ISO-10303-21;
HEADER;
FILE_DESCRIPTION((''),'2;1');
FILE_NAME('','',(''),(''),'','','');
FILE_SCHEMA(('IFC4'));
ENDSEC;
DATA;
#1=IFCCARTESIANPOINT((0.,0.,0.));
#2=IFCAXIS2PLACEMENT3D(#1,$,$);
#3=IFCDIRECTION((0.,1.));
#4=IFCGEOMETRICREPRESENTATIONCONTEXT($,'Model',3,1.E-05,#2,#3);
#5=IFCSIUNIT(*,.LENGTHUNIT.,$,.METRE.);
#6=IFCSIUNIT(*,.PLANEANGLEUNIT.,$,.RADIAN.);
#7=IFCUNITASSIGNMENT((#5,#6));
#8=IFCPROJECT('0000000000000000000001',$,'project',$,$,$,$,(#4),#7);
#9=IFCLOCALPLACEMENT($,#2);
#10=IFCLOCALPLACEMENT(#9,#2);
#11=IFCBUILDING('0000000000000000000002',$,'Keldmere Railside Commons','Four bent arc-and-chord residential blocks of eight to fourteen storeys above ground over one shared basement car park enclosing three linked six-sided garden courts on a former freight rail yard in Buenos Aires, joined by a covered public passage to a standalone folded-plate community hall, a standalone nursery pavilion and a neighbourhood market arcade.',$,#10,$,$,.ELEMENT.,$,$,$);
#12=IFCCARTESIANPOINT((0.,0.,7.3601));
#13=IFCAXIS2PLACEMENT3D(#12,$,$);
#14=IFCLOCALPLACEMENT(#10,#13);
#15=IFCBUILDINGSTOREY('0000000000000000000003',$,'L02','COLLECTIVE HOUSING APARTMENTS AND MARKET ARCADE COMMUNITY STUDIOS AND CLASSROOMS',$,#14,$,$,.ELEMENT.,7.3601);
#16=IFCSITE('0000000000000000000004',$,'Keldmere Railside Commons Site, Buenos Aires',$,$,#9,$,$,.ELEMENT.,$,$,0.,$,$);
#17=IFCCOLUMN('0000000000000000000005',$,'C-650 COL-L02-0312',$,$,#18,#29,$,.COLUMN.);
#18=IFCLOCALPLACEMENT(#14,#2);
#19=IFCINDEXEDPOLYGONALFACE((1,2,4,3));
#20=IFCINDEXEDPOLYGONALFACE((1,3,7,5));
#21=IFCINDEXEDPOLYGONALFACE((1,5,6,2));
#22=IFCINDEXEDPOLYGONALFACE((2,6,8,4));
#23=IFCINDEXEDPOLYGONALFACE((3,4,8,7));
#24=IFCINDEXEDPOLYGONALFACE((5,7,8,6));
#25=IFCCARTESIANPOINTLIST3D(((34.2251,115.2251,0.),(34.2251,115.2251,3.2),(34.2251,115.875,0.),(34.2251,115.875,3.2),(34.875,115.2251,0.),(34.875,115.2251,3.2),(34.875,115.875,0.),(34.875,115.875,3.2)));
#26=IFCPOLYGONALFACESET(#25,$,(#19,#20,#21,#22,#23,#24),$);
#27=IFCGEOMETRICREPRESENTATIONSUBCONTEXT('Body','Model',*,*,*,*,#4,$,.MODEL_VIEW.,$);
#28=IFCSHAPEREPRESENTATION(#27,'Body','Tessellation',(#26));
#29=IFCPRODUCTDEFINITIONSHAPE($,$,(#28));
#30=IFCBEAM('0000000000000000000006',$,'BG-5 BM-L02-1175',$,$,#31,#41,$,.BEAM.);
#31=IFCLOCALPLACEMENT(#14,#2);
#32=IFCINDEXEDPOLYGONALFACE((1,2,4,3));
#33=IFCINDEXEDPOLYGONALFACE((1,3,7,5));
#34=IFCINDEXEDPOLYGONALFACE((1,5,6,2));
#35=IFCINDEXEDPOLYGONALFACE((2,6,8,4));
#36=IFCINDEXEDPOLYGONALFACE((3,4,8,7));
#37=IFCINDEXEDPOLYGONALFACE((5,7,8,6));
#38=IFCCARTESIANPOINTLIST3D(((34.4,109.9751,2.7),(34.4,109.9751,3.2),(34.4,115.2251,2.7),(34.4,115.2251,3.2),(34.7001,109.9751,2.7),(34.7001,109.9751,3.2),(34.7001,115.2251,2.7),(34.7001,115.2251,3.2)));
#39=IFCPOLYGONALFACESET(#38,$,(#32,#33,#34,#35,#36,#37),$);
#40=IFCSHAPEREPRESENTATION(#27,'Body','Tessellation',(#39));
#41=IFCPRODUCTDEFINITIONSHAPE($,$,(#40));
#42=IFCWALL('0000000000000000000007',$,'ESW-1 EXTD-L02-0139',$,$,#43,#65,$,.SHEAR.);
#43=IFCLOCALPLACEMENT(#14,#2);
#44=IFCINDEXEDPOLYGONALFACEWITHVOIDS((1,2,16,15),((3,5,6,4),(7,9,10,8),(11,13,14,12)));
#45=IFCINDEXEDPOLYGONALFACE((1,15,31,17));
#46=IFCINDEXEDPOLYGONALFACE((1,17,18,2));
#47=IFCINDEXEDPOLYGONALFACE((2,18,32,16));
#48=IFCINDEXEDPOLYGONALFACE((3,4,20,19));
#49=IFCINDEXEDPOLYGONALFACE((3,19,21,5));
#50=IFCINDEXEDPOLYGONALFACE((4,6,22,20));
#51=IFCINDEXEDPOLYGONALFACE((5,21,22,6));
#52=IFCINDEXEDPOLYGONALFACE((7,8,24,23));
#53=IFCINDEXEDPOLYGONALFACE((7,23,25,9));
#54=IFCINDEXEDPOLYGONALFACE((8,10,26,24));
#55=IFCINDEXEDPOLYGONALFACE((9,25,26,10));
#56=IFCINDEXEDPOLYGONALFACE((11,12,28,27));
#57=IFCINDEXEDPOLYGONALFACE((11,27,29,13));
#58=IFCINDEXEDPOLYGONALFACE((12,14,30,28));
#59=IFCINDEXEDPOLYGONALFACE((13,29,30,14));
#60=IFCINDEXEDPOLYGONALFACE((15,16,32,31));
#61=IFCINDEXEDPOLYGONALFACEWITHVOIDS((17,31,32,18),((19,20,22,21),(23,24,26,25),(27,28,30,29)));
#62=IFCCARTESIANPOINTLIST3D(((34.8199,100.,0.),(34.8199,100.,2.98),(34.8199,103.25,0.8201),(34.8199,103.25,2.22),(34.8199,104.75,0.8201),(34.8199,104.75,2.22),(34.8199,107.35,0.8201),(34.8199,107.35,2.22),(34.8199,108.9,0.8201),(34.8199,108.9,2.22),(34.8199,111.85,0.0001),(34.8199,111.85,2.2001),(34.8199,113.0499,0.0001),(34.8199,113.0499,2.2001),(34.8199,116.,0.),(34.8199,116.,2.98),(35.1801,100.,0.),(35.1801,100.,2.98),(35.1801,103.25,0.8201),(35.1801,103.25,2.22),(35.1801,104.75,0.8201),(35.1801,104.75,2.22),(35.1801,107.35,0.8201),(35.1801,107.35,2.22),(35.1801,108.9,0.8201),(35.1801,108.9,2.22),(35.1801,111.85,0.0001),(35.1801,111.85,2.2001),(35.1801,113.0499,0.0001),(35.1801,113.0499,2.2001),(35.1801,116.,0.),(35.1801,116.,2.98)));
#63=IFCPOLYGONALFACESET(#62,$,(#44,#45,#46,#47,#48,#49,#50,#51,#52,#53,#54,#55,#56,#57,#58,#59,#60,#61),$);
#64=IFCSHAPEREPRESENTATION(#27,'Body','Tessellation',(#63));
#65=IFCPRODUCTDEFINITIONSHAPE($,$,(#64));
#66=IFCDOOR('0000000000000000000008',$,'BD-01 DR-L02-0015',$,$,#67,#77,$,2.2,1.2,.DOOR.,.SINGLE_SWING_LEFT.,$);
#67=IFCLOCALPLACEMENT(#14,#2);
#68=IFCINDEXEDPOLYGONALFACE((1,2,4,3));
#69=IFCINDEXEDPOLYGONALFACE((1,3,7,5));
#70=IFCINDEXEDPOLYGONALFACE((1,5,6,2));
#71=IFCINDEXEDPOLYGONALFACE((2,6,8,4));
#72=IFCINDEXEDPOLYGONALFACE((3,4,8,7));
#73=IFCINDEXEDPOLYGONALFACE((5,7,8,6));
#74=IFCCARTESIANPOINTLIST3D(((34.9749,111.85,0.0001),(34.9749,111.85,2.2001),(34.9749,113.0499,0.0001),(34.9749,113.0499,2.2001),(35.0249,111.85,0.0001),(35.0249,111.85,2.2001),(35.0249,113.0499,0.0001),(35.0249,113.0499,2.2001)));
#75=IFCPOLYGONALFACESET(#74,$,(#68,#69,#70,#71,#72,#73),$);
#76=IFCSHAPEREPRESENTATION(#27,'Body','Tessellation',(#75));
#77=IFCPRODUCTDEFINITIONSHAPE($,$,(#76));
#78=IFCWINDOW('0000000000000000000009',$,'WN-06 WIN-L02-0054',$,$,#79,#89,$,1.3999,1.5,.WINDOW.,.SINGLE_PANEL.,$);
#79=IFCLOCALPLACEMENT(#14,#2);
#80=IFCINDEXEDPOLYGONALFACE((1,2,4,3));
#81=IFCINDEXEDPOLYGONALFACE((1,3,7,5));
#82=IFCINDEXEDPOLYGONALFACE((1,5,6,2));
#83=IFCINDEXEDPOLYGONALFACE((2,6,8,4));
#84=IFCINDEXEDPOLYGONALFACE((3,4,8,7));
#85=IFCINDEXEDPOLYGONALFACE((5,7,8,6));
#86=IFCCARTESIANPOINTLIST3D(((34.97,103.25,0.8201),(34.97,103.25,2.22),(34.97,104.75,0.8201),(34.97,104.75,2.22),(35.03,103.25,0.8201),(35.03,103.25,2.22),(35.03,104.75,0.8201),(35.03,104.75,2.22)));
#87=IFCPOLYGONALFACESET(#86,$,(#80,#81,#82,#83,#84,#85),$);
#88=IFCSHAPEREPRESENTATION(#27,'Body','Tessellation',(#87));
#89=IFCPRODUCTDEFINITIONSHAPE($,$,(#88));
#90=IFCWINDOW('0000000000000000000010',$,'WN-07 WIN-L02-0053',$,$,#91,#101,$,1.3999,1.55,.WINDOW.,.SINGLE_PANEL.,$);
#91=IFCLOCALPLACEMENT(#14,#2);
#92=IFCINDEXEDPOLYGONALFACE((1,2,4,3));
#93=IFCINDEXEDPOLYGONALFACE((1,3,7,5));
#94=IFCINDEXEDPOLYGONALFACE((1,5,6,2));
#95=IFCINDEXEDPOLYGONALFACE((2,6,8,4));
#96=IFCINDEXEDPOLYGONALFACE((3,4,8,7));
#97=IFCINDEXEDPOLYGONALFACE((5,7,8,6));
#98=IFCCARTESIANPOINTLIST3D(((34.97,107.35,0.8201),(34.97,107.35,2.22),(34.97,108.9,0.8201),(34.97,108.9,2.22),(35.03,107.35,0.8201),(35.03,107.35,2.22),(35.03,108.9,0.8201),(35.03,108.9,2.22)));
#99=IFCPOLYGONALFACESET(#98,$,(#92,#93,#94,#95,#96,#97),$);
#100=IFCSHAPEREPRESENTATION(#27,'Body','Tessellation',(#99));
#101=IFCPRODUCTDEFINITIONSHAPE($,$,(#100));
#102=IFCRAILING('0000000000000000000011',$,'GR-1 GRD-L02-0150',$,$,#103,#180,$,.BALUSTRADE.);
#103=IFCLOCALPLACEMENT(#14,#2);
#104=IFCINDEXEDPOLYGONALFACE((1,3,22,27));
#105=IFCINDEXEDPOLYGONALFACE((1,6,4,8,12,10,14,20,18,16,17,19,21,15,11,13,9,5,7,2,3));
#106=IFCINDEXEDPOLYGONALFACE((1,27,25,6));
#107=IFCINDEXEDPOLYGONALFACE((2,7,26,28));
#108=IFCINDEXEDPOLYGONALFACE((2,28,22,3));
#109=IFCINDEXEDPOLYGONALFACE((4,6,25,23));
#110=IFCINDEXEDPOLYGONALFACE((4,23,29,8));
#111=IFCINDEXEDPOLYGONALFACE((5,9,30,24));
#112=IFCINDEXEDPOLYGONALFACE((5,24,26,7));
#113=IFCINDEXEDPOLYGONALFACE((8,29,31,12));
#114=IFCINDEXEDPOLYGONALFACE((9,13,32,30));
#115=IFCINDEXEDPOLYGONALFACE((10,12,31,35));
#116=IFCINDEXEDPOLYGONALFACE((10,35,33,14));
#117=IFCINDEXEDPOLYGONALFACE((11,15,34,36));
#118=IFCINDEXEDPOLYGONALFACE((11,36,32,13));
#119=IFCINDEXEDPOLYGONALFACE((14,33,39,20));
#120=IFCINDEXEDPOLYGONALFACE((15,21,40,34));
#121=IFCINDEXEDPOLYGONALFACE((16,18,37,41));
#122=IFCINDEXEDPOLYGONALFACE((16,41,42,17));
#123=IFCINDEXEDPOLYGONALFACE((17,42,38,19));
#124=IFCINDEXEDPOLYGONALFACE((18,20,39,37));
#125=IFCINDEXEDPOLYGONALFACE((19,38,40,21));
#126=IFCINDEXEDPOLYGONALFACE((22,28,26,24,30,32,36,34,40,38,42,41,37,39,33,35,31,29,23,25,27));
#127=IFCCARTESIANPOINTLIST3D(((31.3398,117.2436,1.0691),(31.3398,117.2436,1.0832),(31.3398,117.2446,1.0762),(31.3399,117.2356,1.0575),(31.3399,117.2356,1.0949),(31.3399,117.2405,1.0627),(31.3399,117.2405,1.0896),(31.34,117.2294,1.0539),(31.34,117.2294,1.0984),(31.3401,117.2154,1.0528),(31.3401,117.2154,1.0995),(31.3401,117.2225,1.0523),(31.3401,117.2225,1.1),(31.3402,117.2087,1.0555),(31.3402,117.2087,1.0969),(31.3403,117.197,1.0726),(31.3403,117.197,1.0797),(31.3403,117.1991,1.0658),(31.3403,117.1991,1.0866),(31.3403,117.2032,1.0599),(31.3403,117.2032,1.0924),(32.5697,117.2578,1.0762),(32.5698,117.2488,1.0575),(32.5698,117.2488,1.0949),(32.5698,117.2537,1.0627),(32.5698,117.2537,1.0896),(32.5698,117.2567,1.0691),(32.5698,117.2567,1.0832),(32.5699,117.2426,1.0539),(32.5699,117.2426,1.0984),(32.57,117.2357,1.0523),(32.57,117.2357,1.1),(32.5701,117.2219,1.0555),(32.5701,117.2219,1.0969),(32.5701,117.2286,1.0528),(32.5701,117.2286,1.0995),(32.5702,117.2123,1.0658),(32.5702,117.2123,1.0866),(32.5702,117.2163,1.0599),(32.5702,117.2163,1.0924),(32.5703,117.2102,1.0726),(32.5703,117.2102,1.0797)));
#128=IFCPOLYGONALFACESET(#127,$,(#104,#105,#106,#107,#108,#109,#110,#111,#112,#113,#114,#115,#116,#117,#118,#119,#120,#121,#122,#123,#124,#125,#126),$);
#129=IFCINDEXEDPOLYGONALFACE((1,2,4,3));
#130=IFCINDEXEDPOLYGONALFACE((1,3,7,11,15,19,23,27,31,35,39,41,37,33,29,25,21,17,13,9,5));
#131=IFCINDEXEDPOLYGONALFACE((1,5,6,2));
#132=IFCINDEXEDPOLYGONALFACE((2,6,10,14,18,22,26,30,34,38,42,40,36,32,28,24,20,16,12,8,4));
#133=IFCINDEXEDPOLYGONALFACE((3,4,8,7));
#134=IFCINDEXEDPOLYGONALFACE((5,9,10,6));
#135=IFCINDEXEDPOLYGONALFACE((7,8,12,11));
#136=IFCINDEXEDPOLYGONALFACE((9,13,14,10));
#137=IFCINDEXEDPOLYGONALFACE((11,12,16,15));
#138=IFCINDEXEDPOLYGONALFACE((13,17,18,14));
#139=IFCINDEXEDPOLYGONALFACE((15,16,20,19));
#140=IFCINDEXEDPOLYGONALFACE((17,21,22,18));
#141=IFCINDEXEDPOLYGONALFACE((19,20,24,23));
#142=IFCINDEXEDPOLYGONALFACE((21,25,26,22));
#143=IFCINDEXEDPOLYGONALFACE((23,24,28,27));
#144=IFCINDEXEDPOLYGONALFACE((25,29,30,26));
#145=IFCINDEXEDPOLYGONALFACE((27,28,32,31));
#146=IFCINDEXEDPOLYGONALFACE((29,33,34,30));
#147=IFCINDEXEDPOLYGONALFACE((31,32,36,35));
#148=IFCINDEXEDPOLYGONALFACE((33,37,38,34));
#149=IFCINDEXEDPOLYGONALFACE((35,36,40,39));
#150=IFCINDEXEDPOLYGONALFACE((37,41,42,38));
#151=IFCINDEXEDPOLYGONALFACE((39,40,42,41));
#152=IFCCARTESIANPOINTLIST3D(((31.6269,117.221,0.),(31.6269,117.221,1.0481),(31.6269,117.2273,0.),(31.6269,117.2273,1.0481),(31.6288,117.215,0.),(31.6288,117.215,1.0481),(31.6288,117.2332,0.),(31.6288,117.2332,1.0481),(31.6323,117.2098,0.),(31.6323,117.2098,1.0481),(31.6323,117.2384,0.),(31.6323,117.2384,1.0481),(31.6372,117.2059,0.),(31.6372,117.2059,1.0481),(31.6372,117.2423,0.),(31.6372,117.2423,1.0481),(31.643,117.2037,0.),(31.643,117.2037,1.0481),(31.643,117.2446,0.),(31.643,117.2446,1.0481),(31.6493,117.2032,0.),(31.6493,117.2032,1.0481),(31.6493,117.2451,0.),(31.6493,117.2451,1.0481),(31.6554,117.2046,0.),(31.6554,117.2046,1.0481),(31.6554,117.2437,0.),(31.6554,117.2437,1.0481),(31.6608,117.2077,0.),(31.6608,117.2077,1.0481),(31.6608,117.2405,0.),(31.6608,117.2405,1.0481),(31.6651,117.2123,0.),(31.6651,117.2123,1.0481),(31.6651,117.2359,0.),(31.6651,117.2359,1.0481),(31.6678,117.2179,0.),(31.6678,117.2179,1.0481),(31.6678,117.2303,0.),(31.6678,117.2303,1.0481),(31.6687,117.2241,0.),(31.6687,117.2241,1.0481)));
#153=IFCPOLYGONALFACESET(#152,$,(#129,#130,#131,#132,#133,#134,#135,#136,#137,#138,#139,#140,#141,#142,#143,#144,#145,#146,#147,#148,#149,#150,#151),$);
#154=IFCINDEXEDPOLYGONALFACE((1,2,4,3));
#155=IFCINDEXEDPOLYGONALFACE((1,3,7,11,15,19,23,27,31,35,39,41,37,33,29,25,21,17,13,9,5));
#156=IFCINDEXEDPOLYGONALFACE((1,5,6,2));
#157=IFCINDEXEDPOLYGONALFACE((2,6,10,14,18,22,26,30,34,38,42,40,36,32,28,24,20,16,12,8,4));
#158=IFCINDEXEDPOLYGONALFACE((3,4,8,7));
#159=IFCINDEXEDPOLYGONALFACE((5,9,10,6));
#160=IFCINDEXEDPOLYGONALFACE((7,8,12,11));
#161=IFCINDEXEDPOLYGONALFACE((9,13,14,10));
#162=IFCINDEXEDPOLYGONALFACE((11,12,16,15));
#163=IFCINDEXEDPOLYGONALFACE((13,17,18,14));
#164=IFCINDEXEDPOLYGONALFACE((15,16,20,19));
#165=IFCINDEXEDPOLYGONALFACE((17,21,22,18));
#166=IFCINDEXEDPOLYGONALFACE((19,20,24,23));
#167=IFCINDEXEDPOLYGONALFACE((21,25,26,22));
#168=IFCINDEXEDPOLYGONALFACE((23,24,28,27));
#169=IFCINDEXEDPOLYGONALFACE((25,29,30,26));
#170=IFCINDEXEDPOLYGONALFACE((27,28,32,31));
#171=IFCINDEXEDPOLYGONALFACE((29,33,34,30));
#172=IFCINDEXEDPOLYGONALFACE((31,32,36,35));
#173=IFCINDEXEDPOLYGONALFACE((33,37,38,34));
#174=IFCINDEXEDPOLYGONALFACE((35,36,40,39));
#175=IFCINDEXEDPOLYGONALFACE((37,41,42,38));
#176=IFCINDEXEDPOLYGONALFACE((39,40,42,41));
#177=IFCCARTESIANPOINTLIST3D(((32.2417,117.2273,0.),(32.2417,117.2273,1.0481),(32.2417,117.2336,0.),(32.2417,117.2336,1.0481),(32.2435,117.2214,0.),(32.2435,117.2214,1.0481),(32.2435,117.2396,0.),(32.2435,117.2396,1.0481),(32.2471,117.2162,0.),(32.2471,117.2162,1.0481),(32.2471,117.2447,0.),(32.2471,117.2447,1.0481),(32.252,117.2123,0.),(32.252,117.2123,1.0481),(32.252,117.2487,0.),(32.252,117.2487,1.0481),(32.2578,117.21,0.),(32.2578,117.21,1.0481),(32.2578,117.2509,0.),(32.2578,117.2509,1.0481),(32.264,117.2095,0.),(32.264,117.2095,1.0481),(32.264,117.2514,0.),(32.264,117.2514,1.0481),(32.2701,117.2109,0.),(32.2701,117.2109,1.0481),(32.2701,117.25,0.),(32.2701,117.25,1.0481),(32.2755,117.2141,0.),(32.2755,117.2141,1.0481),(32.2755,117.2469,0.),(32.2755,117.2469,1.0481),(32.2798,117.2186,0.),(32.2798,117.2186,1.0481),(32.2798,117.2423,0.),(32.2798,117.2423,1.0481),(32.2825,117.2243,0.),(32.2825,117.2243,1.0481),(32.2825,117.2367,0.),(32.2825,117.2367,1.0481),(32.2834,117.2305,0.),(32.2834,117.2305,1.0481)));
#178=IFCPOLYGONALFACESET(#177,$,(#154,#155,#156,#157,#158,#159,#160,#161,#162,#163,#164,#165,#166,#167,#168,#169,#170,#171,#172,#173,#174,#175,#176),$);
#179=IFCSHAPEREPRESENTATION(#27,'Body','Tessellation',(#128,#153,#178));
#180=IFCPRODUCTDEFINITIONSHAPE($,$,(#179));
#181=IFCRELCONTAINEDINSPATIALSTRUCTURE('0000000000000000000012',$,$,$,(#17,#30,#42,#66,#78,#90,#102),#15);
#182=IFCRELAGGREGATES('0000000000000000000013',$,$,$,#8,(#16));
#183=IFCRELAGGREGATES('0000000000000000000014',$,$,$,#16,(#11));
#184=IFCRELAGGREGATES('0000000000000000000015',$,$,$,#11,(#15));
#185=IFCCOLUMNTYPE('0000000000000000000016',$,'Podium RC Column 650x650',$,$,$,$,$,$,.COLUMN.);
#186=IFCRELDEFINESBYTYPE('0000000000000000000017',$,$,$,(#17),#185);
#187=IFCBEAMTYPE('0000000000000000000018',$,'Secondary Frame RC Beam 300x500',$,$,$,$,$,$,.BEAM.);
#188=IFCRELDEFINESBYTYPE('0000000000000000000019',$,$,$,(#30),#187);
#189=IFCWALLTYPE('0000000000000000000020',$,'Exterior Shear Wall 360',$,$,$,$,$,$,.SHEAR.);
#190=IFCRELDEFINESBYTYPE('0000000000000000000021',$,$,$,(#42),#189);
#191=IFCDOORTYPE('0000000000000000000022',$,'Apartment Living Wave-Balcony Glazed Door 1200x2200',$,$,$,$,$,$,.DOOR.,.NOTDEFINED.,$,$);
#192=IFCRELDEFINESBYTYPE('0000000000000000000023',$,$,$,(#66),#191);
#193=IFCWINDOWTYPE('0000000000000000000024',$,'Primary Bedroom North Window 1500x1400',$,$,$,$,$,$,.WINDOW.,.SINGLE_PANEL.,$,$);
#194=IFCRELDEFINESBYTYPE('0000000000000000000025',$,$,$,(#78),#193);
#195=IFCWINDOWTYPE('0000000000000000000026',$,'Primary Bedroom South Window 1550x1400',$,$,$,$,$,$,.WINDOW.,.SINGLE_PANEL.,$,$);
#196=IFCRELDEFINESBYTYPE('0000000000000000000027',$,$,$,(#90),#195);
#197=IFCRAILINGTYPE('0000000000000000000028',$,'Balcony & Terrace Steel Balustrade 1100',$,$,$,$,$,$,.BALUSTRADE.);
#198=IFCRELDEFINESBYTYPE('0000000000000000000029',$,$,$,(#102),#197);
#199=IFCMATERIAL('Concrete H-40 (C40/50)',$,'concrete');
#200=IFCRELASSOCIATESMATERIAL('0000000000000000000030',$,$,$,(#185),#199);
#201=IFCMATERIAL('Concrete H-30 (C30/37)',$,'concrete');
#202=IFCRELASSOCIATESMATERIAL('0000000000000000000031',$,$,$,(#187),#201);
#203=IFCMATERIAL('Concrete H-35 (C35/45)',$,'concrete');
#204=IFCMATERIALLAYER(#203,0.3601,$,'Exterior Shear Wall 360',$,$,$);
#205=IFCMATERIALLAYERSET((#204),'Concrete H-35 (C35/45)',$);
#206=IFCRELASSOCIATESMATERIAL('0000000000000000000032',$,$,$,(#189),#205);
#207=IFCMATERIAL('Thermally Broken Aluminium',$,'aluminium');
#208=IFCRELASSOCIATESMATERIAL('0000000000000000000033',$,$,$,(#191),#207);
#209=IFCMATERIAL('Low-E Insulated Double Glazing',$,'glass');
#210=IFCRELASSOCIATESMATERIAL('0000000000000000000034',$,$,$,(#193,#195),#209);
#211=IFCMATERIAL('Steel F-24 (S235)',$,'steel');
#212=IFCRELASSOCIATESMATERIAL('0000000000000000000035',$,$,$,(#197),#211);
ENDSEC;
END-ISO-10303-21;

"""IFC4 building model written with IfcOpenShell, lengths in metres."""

from ifc_helpers import new_model, si_unit, direction, frame, frame_2d, origin, origin_2d, place, context, subcontext, project, spatial, rectangle, circle, extrude, material, layer, layer_set, material_profile, profile_set, type_object, element, fill, save


model = new_model("IFC4")

# Units and contexts
model_context = context("Model", 3, precision=1e-05, world=origin(), true_north=direction((0.0, 1.0)))
body_context = subcontext(model_context, "Body", "Model", "MODEL_VIEW")
ifc_project = project(units=[si_unit("LENGTHUNIT", "METRE"), si_unit("PLANEANGLEUNIT", "RADIAN")], contexts=[model_context])

# Site, building, storey
site_placement = place(None, origin())
site = spatial("IfcSite", under=ifc_project, at=site_placement, Name="Keldmere Railside Commons Site, Buenos Aires", CompositionType="ELEMENT", RefElevation=0.0)
building_placement = place(site_placement, origin())
building = spatial("IfcBuilding", under=site, at=building_placement, Name="Keldmere Railside Commons", Description="Four bent arc-and-chord residential blocks of eight to fourteen storeys above ground over one shared basement car park enclosing three linked six-sided garden courts on a former freight rail yard in Buenos Aires, joined by a covered public passage to a standalone folded-plate community hall, a standalone nursery pavilion and a neighbourhood market arcade.", CompositionType="ELEMENT")
storey_placement = place(building_placement, frame((0.0, 0.0, 7.3601)))
storey = spatial("IfcBuildingStorey", under=building, at=storey_placement, Name="L02", Description="COLLECTIVE HOUSING APARTMENTS AND MARKET ARCADE COMMUNITY STUDIOS AND CLASSROOMS", CompositionType="ELEMENT", Elevation=7.3601)

# Column
ifc_material_1 = material(Name="Concrete H-40 (C40/50)", Category="concrete")
ifc_material_profile_1 = material_profile(ifc_material_1, rectangle(XDim=0.6499, YDim=0.6499, at=origin_2d()), Name="RC-650x650")
ifc_profile_set_1 = profile_set([ifc_material_profile_1], Name="Concrete H-40 (C40/50)")
column_type = type_object("IfcColumnType", Name="Podium RC Column 650x650", PredefinedType="COLUMN", material=ifc_profile_set_1)
column_placement = place(storey_placement, frame((34.55, 115.55, 0.0), z_axis=(0.0, 0.0, 1.0), x_axis=(1.0, 0.0, 0.0)))
element("IfcColumn", 1, at=column_placement, inside=storey, type_object=column_type, Name="C-650 COL-L02-0312", PredefinedType="COLUMN", context=body_context, shape_type="SweptSolid", body=[
    extrude(rectangle(XDim=0.6499, YDim=0.6499, at=origin_2d()), origin(), (0.0, 0.0, 1.0), 3.2),
])

# Beam
ifc_material_2 = material(Name="Concrete H-30 (C30/37)", Category="concrete")
ifc_material_profile_2 = material_profile(ifc_material_2, rectangle(XDim=0.3, YDim=0.5, at=origin_2d()), Name="RC-300x500")
ifc_profile_set_2 = profile_set([ifc_material_profile_2], Name="Concrete H-30 (C30/37)")
beam_type = type_object("IfcBeamType", Name="Secondary Frame RC Beam 300x500", PredefinedType="BEAM", material=ifc_profile_set_2)
beam_placement = place(storey_placement, frame((34.55, 109.9751, 2.95), z_axis=(0.0, 1.0, 0.0), x_axis=(-1.0, 0.0, 0.0)))
element("IfcBeam", 2, at=beam_placement, inside=storey, type_object=beam_type, Name="BG-5 BM-L02-1175", PredefinedType="BEAM", context=body_context, shape_type="SweptSolid", body=[
    extrude(rectangle(XDim=0.3, YDim=0.5, at=origin_2d()), origin(), (0.0, 0.0, 1.0), 5.25),
])

# Wall, openings, door, windows
ifc_material_3 = material(Name="Concrete H-35 (C35/45)", Category="concrete")
ifc_layer_1 = layer(ifc_material_3, 0.3601, Name="Exterior Shear Wall 360")
ifc_layer_set_1 = layer_set([ifc_layer_1], Name="Concrete H-35 (C35/45)")
wall_type = type_object("IfcWallType", Name="Exterior Shear Wall 360", PredefinedType="SHEAR", material=ifc_layer_set_1)
wall_placement = place(storey_placement, frame((35.0, 116.0, 0.0), z_axis=(0.0, 0.0, 1.0), x_axis=(0.0, -1.0, 0.0)))
wall = element("IfcWall", 3, at=wall_placement, inside=storey, type_object=wall_type, Name="ESW-1 EXTD-L02-0139", PredefinedType="SHEAR", context=body_context, shape_type="SweptSolid", body=[
    extrude(rectangle(XDim=16.0, YDim=0.3601, at=frame_2d((8.0, 0.0))), origin(), (0.0, 0.0, 1.0), 2.98),
])
opening_1_placement = place(wall_placement, frame((2.95, 0.0, 0.0)))
opening_1 = element("IfcOpeningElement", 4, at=opening_1_placement, cuts=wall, PredefinedType="OPENING", context=body_context, shape_type="SweptSolid", body=[
    extrude(rectangle(XDim=1.2, YDim=2.2, at=frame_2d((0.6001, 1.1001))), frame((0.0, 0.1899, 0.0), z_axis=(0.0, -1.0, 0.0), x_axis=(1.0, 0.0, 0.0)), (0.0, 0.0, 1.0), 0.3801),
])
opening_2_placement = place(wall_placement, frame((7.1001, 0.0, 0.8201)))
opening_2 = element("IfcOpeningElement", 5, at=opening_2_placement, cuts=wall, PredefinedType="OPENING", context=body_context, shape_type="SweptSolid", body=[
    extrude(rectangle(XDim=1.55, YDim=1.3999, at=frame_2d((0.7749, 0.7))), frame((0.0, 0.1899, 0.0), z_axis=(0.0, -1.0, 0.0), x_axis=(1.0, 0.0, 0.0)), (0.0, 0.0, 1.0), 0.3801),
])
opening_3_placement = place(wall_placement, frame((11.25, 0.0, 0.8201)))
opening_3 = element("IfcOpeningElement", 6, at=opening_3_placement, cuts=wall, PredefinedType="OPENING", context=body_context, shape_type="SweptSolid", body=[
    extrude(rectangle(XDim=1.5, YDim=1.3999, at=frame_2d((0.75, 0.7))), frame((0.0, 0.1899, 0.0), z_axis=(0.0, -1.0, 0.0), x_axis=(1.0, 0.0, 0.0)), (0.0, 0.0, 1.0), 0.3801),
])
ifc_material_4 = material(Name="Thermally Broken Aluminium", Category="aluminium")
door_type = type_object("IfcDoorType", Name="Apartment Living Wave-Balcony Glazed Door 1200x2200", OperationType="NOTDEFINED", PredefinedType="DOOR", material=ifc_material_4)
door_placement = place(opening_1_placement, origin())
door = element("IfcDoor", 7, at=door_placement, inside=storey, type_object=door_type, Name="BD-01 DR-L02-0015", OperationType="SINGLE_SWING_LEFT", OverallHeight=2.2, OverallWidth=1.2, PredefinedType="DOOR", context=body_context, shape_type="SweptSolid", body=[
    extrude(rectangle(XDim=1.2, YDim=2.2, at=frame_2d((0.6001, 1.1001))), frame((0.0, 0.0249, 0.0), z_axis=(0.0, -1.0, 0.0), x_axis=(1.0, 0.0, 0.0)), (0.0, 0.0, 1.0), 0.05),
])
fill(opening_1, door)
ifc_material_5 = material(Name="Low-E Insulated Double Glazing", Category="glass")
window_type_1 = type_object("IfcWindowType", Name="Primary Bedroom North Window 1500x1400", PartitioningType="SINGLE_PANEL", PredefinedType="WINDOW", material=ifc_material_5)
window_1_placement = place(opening_3_placement, origin())
window_1 = element("IfcWindow", 8, at=window_1_placement, inside=storey, type_object=window_type_1, Name="WN-06 WIN-L02-0054", OverallHeight=1.3999, OverallWidth=1.5, PartitioningType="SINGLE_PANEL", PredefinedType="WINDOW", context=body_context, shape_type="SweptSolid", body=[
    extrude(rectangle(XDim=1.5, YDim=1.3999, at=frame_2d((0.75, 0.7))), frame((0.0, 0.03, 0.0), z_axis=(0.0, -1.0, 0.0), x_axis=(1.0, 0.0, 0.0)), (0.0, 0.0, 1.0), 0.0601),
])
fill(opening_3, window_1)
window_type_2 = type_object("IfcWindowType", Name="Primary Bedroom South Window 1550x1400", PartitioningType="SINGLE_PANEL", PredefinedType="WINDOW", material=ifc_material_5)
window_2_placement = place(opening_2_placement, origin())
window_2 = element("IfcWindow", 9, at=window_2_placement, inside=storey, type_object=window_type_2, Name="WN-07 WIN-L02-0053", OverallHeight=1.3999, OverallWidth=1.55, PartitioningType="SINGLE_PANEL", PredefinedType="WINDOW", context=body_context, shape_type="SweptSolid", body=[
    extrude(rectangle(XDim=1.55, YDim=1.3999, at=frame_2d((0.7749, 0.7))), frame((0.0, 0.03, 0.0), z_axis=(0.0, -1.0, 0.0), x_axis=(1.0, 0.0, 0.0)), (0.0, 0.0, 1.0), 0.0601),
])
fill(opening_2, window_2)

# Railing
ifc_material_6 = material(Name="Steel F-24 (S235)", Category="steel")
railing_type = type_object("IfcRailingType", Name="Balcony & Terrace Steel Balustrade 1100", PredefinedType="BALUSTRADE", material=ifc_material_6)
railing_1_placement = place(storey_placement, frame((31.3401, 117.2207, 0.0)))
element("IfcRailing", 10, at=railing_1_placement, inside=storey, type_object=railing_type, Name="GR-1 GRD-L02-0150", PredefinedType="BALUSTRADE", context=body_context, shape_type="SweptSolid", body=[
    extrude(circle(Radius=0.0239, at=origin_2d()), frame((0.0, 0.0, 1.0762), z_axis=(0.999943, 0.010718, 0.0), x_axis=(-0.010718, 0.999943, 0.0)), (0.0, 0.0, 1.0), 1.23),
    extrude(circle(Radius=0.021, at=origin_2d()), frame((0.3076, 0.0034, 0.0)), (0.0, 0.0, 1.0), 1.0481),
    extrude(circle(Radius=0.021, at=origin_2d()), frame((0.9224, 0.0098, 0.0)), (0.0, 0.0, 1.0), 1.0481),
])

save(model, "model.ifc")
